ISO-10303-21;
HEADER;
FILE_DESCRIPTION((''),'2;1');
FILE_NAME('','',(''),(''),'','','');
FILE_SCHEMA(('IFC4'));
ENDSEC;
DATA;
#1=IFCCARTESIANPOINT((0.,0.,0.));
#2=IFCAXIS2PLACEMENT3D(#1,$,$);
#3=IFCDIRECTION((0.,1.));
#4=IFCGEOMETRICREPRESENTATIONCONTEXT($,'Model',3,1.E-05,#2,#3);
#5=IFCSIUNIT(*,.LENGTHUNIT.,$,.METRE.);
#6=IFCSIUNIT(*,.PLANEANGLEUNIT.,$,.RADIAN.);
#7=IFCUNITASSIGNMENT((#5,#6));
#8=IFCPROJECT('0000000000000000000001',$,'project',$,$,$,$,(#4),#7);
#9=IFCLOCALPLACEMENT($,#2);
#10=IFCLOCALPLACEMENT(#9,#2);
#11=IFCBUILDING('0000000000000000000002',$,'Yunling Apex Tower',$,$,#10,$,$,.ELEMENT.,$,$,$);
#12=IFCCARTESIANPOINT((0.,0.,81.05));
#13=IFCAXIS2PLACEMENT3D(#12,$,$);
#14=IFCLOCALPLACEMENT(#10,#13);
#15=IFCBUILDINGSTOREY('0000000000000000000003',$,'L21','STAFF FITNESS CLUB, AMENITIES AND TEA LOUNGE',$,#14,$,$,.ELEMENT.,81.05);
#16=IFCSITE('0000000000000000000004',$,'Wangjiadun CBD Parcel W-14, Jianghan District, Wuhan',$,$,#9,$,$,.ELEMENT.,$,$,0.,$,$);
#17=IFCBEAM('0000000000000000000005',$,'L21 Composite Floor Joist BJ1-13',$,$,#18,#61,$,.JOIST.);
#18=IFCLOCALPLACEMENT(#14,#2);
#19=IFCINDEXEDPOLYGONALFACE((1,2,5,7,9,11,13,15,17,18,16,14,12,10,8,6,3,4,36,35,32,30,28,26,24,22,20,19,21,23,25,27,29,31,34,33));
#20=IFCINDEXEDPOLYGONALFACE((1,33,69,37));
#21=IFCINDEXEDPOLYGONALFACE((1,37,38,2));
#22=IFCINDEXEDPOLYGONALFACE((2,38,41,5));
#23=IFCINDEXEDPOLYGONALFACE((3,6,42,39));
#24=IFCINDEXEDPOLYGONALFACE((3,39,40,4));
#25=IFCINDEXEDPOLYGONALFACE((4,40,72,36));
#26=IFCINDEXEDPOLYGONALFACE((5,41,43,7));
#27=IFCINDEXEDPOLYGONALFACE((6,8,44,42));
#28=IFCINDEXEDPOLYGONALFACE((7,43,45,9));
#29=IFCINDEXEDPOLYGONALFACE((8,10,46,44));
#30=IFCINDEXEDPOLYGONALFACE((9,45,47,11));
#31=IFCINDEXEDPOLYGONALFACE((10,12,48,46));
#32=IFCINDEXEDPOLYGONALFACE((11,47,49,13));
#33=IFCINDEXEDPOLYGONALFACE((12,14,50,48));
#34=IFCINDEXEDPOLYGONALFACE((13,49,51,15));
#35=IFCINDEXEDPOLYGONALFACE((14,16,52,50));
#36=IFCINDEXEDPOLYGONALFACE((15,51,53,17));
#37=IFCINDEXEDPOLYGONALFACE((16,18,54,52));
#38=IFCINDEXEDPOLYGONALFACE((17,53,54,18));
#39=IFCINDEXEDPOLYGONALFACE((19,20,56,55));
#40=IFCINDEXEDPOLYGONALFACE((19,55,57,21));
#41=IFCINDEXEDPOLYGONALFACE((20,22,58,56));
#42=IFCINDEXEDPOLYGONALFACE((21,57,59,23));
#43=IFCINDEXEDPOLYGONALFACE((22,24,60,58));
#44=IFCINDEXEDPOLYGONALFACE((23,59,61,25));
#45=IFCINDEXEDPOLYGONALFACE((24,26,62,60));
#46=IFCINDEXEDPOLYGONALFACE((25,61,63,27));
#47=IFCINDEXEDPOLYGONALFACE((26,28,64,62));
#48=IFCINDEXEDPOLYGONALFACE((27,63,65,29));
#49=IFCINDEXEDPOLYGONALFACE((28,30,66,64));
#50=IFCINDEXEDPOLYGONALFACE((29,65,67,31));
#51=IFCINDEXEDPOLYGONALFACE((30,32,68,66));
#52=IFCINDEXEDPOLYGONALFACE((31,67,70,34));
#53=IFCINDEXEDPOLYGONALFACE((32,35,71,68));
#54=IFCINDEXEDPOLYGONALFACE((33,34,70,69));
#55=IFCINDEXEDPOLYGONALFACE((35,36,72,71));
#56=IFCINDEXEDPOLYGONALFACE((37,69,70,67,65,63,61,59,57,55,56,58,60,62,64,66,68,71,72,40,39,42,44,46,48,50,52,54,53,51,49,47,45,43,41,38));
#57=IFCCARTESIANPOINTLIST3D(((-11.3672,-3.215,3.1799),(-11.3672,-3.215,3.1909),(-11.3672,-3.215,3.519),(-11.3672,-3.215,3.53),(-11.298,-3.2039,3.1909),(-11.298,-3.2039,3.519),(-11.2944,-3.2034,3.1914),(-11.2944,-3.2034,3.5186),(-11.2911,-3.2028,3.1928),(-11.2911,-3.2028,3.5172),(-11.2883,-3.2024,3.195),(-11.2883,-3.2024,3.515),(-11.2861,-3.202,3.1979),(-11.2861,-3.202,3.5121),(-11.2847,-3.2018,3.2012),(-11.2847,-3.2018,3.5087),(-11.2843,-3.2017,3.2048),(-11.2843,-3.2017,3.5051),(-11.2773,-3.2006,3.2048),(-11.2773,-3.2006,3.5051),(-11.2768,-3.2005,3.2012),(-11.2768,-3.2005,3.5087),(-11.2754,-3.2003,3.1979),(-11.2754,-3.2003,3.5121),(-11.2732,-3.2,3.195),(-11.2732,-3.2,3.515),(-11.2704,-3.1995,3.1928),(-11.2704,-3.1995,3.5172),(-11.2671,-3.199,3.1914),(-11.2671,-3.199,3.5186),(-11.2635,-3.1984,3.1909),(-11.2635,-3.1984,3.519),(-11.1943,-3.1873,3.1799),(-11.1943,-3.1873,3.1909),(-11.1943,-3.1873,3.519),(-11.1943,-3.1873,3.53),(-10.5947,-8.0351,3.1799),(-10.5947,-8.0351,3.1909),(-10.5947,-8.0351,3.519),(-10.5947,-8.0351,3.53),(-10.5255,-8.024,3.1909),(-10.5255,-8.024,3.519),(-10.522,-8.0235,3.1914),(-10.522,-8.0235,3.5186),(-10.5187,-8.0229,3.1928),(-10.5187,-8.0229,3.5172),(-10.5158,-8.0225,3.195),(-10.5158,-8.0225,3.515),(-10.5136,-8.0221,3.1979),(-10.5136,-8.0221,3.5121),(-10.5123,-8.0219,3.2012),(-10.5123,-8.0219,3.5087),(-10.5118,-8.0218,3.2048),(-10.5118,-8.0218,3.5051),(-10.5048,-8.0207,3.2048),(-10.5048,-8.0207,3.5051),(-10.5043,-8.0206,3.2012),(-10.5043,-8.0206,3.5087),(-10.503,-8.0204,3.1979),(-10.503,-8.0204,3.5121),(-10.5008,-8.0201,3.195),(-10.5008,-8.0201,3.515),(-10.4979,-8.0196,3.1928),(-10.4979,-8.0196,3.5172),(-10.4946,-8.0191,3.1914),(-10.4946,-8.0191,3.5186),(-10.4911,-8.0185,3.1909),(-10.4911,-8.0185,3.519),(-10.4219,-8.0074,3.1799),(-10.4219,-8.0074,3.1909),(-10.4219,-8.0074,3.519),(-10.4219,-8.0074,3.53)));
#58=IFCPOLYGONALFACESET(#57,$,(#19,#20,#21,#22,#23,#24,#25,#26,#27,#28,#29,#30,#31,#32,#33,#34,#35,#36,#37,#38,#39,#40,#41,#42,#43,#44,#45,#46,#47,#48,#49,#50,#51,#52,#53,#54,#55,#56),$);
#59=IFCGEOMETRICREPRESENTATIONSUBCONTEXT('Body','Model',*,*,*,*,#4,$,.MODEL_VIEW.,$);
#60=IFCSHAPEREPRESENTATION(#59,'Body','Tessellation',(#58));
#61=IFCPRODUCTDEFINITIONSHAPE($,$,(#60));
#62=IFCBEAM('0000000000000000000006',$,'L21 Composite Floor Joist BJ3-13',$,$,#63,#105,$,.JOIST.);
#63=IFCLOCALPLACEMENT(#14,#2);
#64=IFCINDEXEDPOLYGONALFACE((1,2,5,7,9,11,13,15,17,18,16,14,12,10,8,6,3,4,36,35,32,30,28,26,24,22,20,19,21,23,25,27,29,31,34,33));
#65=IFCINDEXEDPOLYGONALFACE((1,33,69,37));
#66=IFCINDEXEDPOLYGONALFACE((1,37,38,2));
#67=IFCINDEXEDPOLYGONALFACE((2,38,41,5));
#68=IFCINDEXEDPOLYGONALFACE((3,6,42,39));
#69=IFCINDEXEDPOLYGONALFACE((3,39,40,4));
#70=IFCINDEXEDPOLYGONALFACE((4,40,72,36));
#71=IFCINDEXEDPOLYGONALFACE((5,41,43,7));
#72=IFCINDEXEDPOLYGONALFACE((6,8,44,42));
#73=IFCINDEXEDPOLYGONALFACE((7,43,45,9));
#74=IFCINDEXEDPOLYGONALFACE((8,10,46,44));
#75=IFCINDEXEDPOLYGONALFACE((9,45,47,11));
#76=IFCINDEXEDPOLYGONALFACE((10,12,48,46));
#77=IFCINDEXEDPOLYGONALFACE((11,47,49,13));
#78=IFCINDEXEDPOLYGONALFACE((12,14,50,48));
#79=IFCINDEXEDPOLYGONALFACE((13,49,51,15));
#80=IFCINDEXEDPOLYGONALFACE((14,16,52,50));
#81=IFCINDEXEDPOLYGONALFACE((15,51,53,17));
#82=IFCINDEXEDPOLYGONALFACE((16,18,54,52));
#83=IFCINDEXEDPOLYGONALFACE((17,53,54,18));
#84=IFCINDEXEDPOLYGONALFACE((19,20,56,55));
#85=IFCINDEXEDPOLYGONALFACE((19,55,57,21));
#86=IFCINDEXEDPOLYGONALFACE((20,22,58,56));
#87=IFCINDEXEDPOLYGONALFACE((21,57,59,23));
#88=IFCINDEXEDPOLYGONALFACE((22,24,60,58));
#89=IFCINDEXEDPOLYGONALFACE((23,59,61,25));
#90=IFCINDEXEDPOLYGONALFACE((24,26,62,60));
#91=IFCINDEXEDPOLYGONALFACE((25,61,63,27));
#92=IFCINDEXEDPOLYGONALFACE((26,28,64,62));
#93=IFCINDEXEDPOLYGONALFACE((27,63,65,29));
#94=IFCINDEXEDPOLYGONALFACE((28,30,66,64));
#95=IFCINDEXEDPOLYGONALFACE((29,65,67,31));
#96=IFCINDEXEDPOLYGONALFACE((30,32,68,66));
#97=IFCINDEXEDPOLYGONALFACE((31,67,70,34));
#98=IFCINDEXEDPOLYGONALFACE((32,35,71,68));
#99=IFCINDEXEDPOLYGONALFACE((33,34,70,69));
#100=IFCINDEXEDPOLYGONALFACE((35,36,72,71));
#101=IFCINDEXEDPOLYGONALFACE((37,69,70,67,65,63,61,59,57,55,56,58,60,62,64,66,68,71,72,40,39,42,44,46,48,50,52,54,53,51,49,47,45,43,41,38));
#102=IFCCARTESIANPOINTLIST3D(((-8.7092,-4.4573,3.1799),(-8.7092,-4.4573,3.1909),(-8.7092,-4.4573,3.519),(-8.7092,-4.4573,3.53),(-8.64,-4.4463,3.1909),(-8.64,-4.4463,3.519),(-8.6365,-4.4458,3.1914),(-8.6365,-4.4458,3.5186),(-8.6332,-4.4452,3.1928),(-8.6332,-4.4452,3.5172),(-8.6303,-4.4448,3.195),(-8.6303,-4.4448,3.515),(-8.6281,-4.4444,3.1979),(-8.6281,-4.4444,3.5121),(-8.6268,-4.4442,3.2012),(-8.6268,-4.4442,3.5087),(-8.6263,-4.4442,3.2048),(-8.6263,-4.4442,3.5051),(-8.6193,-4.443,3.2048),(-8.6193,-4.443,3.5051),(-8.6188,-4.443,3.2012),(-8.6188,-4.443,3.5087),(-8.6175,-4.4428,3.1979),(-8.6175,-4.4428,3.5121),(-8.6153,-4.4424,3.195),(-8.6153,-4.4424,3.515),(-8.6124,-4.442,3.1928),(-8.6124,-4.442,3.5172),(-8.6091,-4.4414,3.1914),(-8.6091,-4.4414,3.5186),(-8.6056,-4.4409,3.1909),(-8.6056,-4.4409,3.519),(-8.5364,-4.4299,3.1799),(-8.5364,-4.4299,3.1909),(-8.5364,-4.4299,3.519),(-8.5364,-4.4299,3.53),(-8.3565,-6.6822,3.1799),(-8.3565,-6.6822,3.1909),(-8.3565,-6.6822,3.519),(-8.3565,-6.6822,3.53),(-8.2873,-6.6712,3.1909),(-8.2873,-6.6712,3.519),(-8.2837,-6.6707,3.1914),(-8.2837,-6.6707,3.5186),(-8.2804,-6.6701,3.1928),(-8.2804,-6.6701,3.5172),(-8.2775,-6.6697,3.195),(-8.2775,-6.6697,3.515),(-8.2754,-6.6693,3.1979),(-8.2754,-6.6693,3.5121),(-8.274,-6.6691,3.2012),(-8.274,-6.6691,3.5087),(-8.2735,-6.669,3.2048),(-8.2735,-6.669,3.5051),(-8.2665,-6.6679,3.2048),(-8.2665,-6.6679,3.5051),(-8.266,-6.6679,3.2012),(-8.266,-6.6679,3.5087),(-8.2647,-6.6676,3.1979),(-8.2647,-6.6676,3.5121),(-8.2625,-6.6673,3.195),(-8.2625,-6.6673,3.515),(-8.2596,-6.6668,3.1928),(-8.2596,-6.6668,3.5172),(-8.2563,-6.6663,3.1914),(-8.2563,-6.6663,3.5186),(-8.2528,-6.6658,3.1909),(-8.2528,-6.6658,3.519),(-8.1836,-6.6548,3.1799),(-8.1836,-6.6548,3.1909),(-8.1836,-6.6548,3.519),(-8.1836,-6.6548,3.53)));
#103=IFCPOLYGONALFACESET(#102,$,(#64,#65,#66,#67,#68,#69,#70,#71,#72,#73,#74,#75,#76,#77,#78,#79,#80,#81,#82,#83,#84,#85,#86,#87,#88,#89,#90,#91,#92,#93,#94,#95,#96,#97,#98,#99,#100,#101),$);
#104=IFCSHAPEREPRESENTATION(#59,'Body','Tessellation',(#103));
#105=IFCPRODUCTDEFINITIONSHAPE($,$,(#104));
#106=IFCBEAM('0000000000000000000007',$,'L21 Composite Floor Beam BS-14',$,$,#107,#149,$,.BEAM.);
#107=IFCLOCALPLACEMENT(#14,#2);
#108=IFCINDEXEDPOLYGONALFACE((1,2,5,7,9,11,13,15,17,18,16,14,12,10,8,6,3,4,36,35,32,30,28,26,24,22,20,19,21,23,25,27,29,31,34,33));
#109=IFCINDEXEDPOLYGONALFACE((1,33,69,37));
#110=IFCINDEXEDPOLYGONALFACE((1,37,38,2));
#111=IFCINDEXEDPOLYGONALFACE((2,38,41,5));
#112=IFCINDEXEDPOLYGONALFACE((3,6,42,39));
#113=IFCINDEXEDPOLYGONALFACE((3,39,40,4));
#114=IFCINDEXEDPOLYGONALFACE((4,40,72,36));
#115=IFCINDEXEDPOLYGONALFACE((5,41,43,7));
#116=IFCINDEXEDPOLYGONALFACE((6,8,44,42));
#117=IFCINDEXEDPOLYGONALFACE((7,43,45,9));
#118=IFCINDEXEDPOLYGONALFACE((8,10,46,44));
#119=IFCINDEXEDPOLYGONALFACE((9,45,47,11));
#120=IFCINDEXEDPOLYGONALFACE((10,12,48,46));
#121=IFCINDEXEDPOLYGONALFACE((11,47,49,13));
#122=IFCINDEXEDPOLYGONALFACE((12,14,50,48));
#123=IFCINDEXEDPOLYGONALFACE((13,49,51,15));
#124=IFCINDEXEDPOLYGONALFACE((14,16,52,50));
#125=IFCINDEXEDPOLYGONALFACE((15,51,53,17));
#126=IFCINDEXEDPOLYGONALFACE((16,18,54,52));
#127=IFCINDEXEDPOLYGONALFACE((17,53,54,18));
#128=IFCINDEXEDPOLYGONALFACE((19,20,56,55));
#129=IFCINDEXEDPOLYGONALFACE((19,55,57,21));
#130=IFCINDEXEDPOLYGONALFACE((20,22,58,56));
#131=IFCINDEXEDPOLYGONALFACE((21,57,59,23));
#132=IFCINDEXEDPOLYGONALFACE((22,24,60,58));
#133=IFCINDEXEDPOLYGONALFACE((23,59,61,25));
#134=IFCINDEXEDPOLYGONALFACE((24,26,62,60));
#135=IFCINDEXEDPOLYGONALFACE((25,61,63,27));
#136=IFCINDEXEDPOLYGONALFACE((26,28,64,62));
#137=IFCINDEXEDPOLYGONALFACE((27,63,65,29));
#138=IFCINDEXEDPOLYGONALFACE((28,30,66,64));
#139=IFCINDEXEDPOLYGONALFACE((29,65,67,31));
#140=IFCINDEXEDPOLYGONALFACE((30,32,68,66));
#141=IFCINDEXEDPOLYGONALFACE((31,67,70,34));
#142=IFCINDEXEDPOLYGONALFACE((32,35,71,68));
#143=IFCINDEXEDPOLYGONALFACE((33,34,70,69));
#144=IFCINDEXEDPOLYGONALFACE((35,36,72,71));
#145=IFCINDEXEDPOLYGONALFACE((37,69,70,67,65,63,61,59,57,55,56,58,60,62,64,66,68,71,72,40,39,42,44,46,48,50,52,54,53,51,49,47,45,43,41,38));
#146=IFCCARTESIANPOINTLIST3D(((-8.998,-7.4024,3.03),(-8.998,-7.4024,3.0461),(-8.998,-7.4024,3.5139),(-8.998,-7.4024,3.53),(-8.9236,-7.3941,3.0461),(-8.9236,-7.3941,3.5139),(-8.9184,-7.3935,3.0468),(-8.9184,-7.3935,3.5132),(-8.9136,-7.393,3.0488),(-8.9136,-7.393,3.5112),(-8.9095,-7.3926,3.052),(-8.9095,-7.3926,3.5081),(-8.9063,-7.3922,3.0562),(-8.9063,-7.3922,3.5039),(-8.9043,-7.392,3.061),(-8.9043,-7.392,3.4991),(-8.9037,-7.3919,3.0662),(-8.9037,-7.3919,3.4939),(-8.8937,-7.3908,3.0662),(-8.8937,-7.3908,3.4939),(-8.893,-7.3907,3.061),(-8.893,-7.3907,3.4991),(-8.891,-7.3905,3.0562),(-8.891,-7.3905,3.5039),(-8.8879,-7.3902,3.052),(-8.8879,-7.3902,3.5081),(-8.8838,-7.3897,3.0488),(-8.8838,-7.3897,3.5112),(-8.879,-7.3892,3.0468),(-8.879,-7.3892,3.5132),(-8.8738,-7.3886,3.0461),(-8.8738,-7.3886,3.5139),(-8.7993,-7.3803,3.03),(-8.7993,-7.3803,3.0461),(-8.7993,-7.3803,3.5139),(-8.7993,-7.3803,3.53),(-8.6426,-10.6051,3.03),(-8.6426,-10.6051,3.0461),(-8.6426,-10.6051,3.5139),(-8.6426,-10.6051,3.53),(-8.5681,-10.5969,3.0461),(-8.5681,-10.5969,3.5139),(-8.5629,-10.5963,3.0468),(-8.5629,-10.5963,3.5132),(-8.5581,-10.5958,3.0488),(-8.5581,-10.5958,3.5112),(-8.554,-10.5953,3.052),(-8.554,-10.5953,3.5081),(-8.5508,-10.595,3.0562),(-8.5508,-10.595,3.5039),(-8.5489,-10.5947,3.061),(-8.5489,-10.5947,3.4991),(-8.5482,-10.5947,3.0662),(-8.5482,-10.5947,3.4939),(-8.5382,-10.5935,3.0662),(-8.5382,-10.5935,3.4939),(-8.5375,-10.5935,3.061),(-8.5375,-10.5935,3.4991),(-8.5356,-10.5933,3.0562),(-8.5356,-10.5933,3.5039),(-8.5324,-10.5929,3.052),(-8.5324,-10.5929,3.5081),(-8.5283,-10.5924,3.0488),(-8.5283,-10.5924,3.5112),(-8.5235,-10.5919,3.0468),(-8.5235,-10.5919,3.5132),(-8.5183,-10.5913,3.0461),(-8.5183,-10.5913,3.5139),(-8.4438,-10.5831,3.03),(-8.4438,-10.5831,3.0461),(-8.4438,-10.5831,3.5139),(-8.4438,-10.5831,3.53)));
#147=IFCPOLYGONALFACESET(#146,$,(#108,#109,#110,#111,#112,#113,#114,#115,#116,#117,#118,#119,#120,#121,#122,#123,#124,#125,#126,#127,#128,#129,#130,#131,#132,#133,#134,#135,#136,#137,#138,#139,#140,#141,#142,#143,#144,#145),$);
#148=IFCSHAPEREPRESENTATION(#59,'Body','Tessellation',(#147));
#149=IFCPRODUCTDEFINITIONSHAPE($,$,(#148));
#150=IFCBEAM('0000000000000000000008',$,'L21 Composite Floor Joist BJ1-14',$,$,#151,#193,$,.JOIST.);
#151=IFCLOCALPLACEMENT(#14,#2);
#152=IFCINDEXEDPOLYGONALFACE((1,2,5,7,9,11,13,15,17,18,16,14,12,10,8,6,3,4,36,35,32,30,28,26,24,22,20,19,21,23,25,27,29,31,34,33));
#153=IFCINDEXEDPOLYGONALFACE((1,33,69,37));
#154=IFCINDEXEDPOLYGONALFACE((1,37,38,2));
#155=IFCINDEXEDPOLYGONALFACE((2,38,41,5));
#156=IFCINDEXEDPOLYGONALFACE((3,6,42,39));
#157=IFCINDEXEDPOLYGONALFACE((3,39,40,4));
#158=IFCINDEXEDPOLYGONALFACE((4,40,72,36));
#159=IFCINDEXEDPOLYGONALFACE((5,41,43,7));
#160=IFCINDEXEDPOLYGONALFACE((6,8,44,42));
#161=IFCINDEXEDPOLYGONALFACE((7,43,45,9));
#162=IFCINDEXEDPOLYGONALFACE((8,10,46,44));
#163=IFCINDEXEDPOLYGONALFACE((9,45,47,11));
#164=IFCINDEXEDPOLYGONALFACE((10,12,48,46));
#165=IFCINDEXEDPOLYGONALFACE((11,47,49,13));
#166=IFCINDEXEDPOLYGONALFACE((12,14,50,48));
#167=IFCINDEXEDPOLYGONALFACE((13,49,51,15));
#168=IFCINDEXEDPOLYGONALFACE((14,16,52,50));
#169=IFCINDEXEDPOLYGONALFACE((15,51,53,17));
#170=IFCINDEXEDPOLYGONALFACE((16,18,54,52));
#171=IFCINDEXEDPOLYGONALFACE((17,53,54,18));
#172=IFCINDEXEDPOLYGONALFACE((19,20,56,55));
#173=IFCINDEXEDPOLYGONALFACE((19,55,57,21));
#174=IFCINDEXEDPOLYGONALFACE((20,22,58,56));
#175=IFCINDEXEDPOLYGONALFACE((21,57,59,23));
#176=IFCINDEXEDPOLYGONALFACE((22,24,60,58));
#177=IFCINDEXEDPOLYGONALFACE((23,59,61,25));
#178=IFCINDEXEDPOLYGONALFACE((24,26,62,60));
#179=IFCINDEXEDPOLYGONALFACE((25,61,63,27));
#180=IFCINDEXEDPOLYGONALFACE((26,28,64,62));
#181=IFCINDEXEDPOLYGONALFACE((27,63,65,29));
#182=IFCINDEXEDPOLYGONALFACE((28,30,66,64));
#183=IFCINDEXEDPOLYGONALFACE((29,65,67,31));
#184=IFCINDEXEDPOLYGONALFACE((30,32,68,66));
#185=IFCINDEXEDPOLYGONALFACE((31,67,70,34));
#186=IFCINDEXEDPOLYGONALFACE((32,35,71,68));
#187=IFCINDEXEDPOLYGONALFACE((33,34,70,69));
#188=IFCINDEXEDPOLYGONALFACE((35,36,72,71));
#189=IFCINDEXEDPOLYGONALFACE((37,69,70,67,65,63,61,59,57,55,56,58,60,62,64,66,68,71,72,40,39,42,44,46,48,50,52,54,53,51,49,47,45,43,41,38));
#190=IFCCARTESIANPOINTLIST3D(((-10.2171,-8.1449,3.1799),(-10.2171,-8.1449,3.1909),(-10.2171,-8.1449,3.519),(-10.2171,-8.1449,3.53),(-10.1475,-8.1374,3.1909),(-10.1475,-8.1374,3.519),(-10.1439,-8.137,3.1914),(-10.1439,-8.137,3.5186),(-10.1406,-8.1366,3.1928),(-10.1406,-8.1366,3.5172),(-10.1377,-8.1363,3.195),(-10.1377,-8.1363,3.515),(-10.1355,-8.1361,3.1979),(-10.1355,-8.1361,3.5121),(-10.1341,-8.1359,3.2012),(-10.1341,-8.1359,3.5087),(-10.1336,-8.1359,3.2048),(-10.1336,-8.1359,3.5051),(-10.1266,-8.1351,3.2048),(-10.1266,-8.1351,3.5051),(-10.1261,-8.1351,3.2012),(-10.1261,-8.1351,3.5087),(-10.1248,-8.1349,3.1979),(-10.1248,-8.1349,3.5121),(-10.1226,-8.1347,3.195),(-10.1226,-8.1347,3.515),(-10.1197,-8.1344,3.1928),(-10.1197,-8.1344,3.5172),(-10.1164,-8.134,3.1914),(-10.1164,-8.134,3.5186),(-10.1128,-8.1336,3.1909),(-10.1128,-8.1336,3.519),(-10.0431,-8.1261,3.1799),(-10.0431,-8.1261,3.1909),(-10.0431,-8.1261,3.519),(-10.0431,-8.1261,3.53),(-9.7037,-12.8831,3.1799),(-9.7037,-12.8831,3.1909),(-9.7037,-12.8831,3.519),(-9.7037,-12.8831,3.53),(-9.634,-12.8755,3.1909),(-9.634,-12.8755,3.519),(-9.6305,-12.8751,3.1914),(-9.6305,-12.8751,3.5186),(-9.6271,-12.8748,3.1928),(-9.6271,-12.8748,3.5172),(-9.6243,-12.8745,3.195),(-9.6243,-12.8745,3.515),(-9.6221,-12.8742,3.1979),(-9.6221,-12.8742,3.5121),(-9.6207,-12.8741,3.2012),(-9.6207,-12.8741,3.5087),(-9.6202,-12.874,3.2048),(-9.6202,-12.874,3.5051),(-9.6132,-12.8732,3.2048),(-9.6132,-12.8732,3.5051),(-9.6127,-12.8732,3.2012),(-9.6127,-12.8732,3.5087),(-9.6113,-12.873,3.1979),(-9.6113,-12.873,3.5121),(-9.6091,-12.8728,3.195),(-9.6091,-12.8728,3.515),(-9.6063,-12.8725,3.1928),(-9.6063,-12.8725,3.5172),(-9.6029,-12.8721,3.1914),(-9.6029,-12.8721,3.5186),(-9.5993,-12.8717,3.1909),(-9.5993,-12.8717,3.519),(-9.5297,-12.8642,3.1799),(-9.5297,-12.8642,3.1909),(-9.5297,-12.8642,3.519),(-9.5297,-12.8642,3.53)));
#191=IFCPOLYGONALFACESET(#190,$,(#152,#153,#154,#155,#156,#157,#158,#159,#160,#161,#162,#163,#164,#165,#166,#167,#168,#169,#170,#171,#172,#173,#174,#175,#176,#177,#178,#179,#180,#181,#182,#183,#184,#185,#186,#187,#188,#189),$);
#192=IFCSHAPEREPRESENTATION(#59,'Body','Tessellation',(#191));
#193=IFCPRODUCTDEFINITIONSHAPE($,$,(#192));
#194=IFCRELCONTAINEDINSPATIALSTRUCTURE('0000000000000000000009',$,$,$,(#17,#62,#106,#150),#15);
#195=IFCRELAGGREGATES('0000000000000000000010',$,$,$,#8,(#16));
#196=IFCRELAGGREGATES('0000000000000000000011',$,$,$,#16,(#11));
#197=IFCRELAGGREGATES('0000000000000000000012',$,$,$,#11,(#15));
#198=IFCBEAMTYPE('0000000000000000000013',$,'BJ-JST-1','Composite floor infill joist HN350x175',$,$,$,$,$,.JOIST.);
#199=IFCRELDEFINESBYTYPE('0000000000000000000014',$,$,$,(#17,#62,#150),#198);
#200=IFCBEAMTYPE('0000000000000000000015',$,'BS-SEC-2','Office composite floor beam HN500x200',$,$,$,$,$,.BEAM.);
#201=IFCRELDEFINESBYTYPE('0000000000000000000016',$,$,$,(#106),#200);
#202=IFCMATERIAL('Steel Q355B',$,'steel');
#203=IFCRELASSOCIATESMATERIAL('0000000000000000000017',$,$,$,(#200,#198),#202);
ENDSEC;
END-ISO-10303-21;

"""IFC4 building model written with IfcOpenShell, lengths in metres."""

from ifc_helpers import new_model, si_unit, direction, frame, origin, origin_2d, place, context, subcontext, project, spatial, i_section, extrude, source, transform, mapped, material, material_profile, profile_set, type_object, element, save


model = new_model("IFC4")

# Units and contexts
model_context = context("Model", 3, precision=1e-05, world=origin(), true_north=direction((0.0, 1.0)))
body_context = subcontext(model_context, "Body", "Model", "MODEL_VIEW")
ifc_project = project(units=[si_unit("LENGTHUNIT", "METRE"), si_unit("PLANEANGLEUNIT", "RADIAN")], contexts=[model_context])

# Site, building, storey
site_placement = place(None, origin())
site = spatial("IfcSite", under=ifc_project, at=site_placement, Name="Wangjiadun CBD Parcel W-14, Jianghan District, Wuhan", CompositionType="ELEMENT", RefElevation=0.0)
building_placement = place(site_placement, origin())
building = spatial("IfcBuilding", under=site, at=building_placement, Name="Yunling Apex Tower", CompositionType="ELEMENT")
storey_placement = place(building_placement, frame((0.0, 0.0, 81.05)))
storey = spatial("IfcBuildingStorey", under=building, at=storey_placement, Name="L21", Description="STAFF FITNESS CLUB, AMENITIES AND TEA LOUNGE", CompositionType="ELEMENT", Elevation=81.05)

# Beams
ifc_material_1 = material(Name="Steel Q355B", Category="steel")
ifc_material_profile_1 = material_profile(ifc_material_1, i_section(OverallWidth=0.2, OverallDepth=0.5, WebThickness=0.01, FlangeThickness=0.0161, FilletRadius=0.02, at=origin_2d()))
ifc_profile_set_1 = profile_set([ifc_material_profile_1], Name="Steel Q355B")
beam_type_1 = type_object("IfcBeamType", Name="BS-SEC-2", Description="Office composite floor beam HN500x200", PredefinedType="BEAM", material=ifc_profile_set_1)
ifc_material_profile_2 = material_profile(ifc_material_1, i_section(OverallWidth=0.175, OverallDepth=0.3501, WebThickness=0.0071, FlangeThickness=0.011, FilletRadius=0.0139, at=origin_2d()))
ifc_profile_set_2 = profile_set([ifc_material_profile_2], Name="Steel Q355B")
beam_type_2 = type_object("IfcBeamType", Name="BJ-JST-1", Description="Composite floor infill joist HN350x175", PredefinedType="JOIST", material=ifc_profile_set_2)
shared_shape_1 = source(origin(), body_context, "Body", "SweptSolid", [
    extrude(i_section(OverallWidth=0.175, OverallDepth=0.3501, WebThickness=0.0071, FlangeThickness=0.011, FilletRadius=0.0139, at=origin_2d()), origin(), (0.0, 0.0, 1.0), 4.8816),
])
beam_1_placement = place(storey_placement, frame((-11.2808, -3.2012, 3.355), z_axis=(0.15824, -0.987401, 0.0), x_axis=(0.987401, 0.15824, 0.0)))
element("IfcBeam", 1, at=beam_1_placement, inside=storey, type_object=beam_type_2, Name="L21 Composite Floor Joist BJ1-13", PredefinedType="JOIST", context=body_context, shape_type="MappedRepresentation", body=[
    mapped(shared_shape_1, transform((0.0, 0.0, 0.0), scale=1.0)),
])
shared_shape_2 = source(origin(), body_context, "Body", "SweptSolid", [
    extrude(i_section(OverallWidth=0.175, OverallDepth=0.3501, WebThickness=0.0071, FlangeThickness=0.011, FilletRadius=0.0139, at=origin_2d()), origin(), (0.0, 0.0, 1.0), 2.2527),
])
beam_2_placement = place(storey_placement, frame((-8.6228, -4.4436, 3.355), z_axis=(0.156608, -0.987661, 0.0), x_axis=(0.987661, 0.156608, 0.0)))
element("IfcBeam", 2, at=beam_2_placement, inside=storey, type_object=beam_type_2, Name="L21 Composite Floor Joist BJ3-13", PredefinedType="JOIST", context=body_context, shape_type="MappedRepresentation", body=[
    mapped(shared_shape_2, transform((0.0, 0.0, 0.0), scale=1.0)),
])
shared_shape_3 = source(origin(), body_context, "Body", "SweptSolid", [
    extrude(i_section(OverallWidth=0.2, OverallDepth=0.5, WebThickness=0.01, FlangeThickness=0.0161, FilletRadius=0.02, at=origin_2d()), origin(), (0.0, 0.0, 1.0), 3.2224),
])
beam_3_placement = place(storey_placement, frame((-8.8987, -7.3914, 3.28), z_axis=(0.110315, -0.993897, 0.0), x_axis=(0.993897, 0.110315, 0.0)))
element("IfcBeam", 3, at=beam_3_placement, inside=storey, type_object=beam_type_1, Name="L21 Composite Floor Beam BS-14", PredefinedType="BEAM", context=body_context, shape_type="MappedRepresentation", body=[
    mapped(shared_shape_3, transform((0.0, 0.0, 0.0), scale=1.0)),
])
shared_shape_4 = source(origin(), body_context, "Body", "SweptSolid", [
    extrude(i_section(OverallWidth=0.175, OverallDepth=0.3501, WebThickness=0.0071, FlangeThickness=0.011, FilletRadius=0.0139, at=origin_2d()), origin(), (0.0, 0.0, 1.0), 4.7659),
])
beam_4_placement = place(storey_placement, frame((-10.1301, -8.1355, 3.355), z_axis=(0.107732, -0.99418, 0.0), x_axis=(0.99418, 0.107732, 0.0)))
element("IfcBeam", 4, at=beam_4_placement, inside=storey, type_object=beam_type_2, Name="L21 Composite Floor Joist BJ1-14", PredefinedType="JOIST", context=body_context, shape_type="MappedRepresentation", body=[
    mapped(shared_shape_4, transform((0.0, 0.0, 0.0), scale=1.0)),
])

save(model, "model.ifc")
